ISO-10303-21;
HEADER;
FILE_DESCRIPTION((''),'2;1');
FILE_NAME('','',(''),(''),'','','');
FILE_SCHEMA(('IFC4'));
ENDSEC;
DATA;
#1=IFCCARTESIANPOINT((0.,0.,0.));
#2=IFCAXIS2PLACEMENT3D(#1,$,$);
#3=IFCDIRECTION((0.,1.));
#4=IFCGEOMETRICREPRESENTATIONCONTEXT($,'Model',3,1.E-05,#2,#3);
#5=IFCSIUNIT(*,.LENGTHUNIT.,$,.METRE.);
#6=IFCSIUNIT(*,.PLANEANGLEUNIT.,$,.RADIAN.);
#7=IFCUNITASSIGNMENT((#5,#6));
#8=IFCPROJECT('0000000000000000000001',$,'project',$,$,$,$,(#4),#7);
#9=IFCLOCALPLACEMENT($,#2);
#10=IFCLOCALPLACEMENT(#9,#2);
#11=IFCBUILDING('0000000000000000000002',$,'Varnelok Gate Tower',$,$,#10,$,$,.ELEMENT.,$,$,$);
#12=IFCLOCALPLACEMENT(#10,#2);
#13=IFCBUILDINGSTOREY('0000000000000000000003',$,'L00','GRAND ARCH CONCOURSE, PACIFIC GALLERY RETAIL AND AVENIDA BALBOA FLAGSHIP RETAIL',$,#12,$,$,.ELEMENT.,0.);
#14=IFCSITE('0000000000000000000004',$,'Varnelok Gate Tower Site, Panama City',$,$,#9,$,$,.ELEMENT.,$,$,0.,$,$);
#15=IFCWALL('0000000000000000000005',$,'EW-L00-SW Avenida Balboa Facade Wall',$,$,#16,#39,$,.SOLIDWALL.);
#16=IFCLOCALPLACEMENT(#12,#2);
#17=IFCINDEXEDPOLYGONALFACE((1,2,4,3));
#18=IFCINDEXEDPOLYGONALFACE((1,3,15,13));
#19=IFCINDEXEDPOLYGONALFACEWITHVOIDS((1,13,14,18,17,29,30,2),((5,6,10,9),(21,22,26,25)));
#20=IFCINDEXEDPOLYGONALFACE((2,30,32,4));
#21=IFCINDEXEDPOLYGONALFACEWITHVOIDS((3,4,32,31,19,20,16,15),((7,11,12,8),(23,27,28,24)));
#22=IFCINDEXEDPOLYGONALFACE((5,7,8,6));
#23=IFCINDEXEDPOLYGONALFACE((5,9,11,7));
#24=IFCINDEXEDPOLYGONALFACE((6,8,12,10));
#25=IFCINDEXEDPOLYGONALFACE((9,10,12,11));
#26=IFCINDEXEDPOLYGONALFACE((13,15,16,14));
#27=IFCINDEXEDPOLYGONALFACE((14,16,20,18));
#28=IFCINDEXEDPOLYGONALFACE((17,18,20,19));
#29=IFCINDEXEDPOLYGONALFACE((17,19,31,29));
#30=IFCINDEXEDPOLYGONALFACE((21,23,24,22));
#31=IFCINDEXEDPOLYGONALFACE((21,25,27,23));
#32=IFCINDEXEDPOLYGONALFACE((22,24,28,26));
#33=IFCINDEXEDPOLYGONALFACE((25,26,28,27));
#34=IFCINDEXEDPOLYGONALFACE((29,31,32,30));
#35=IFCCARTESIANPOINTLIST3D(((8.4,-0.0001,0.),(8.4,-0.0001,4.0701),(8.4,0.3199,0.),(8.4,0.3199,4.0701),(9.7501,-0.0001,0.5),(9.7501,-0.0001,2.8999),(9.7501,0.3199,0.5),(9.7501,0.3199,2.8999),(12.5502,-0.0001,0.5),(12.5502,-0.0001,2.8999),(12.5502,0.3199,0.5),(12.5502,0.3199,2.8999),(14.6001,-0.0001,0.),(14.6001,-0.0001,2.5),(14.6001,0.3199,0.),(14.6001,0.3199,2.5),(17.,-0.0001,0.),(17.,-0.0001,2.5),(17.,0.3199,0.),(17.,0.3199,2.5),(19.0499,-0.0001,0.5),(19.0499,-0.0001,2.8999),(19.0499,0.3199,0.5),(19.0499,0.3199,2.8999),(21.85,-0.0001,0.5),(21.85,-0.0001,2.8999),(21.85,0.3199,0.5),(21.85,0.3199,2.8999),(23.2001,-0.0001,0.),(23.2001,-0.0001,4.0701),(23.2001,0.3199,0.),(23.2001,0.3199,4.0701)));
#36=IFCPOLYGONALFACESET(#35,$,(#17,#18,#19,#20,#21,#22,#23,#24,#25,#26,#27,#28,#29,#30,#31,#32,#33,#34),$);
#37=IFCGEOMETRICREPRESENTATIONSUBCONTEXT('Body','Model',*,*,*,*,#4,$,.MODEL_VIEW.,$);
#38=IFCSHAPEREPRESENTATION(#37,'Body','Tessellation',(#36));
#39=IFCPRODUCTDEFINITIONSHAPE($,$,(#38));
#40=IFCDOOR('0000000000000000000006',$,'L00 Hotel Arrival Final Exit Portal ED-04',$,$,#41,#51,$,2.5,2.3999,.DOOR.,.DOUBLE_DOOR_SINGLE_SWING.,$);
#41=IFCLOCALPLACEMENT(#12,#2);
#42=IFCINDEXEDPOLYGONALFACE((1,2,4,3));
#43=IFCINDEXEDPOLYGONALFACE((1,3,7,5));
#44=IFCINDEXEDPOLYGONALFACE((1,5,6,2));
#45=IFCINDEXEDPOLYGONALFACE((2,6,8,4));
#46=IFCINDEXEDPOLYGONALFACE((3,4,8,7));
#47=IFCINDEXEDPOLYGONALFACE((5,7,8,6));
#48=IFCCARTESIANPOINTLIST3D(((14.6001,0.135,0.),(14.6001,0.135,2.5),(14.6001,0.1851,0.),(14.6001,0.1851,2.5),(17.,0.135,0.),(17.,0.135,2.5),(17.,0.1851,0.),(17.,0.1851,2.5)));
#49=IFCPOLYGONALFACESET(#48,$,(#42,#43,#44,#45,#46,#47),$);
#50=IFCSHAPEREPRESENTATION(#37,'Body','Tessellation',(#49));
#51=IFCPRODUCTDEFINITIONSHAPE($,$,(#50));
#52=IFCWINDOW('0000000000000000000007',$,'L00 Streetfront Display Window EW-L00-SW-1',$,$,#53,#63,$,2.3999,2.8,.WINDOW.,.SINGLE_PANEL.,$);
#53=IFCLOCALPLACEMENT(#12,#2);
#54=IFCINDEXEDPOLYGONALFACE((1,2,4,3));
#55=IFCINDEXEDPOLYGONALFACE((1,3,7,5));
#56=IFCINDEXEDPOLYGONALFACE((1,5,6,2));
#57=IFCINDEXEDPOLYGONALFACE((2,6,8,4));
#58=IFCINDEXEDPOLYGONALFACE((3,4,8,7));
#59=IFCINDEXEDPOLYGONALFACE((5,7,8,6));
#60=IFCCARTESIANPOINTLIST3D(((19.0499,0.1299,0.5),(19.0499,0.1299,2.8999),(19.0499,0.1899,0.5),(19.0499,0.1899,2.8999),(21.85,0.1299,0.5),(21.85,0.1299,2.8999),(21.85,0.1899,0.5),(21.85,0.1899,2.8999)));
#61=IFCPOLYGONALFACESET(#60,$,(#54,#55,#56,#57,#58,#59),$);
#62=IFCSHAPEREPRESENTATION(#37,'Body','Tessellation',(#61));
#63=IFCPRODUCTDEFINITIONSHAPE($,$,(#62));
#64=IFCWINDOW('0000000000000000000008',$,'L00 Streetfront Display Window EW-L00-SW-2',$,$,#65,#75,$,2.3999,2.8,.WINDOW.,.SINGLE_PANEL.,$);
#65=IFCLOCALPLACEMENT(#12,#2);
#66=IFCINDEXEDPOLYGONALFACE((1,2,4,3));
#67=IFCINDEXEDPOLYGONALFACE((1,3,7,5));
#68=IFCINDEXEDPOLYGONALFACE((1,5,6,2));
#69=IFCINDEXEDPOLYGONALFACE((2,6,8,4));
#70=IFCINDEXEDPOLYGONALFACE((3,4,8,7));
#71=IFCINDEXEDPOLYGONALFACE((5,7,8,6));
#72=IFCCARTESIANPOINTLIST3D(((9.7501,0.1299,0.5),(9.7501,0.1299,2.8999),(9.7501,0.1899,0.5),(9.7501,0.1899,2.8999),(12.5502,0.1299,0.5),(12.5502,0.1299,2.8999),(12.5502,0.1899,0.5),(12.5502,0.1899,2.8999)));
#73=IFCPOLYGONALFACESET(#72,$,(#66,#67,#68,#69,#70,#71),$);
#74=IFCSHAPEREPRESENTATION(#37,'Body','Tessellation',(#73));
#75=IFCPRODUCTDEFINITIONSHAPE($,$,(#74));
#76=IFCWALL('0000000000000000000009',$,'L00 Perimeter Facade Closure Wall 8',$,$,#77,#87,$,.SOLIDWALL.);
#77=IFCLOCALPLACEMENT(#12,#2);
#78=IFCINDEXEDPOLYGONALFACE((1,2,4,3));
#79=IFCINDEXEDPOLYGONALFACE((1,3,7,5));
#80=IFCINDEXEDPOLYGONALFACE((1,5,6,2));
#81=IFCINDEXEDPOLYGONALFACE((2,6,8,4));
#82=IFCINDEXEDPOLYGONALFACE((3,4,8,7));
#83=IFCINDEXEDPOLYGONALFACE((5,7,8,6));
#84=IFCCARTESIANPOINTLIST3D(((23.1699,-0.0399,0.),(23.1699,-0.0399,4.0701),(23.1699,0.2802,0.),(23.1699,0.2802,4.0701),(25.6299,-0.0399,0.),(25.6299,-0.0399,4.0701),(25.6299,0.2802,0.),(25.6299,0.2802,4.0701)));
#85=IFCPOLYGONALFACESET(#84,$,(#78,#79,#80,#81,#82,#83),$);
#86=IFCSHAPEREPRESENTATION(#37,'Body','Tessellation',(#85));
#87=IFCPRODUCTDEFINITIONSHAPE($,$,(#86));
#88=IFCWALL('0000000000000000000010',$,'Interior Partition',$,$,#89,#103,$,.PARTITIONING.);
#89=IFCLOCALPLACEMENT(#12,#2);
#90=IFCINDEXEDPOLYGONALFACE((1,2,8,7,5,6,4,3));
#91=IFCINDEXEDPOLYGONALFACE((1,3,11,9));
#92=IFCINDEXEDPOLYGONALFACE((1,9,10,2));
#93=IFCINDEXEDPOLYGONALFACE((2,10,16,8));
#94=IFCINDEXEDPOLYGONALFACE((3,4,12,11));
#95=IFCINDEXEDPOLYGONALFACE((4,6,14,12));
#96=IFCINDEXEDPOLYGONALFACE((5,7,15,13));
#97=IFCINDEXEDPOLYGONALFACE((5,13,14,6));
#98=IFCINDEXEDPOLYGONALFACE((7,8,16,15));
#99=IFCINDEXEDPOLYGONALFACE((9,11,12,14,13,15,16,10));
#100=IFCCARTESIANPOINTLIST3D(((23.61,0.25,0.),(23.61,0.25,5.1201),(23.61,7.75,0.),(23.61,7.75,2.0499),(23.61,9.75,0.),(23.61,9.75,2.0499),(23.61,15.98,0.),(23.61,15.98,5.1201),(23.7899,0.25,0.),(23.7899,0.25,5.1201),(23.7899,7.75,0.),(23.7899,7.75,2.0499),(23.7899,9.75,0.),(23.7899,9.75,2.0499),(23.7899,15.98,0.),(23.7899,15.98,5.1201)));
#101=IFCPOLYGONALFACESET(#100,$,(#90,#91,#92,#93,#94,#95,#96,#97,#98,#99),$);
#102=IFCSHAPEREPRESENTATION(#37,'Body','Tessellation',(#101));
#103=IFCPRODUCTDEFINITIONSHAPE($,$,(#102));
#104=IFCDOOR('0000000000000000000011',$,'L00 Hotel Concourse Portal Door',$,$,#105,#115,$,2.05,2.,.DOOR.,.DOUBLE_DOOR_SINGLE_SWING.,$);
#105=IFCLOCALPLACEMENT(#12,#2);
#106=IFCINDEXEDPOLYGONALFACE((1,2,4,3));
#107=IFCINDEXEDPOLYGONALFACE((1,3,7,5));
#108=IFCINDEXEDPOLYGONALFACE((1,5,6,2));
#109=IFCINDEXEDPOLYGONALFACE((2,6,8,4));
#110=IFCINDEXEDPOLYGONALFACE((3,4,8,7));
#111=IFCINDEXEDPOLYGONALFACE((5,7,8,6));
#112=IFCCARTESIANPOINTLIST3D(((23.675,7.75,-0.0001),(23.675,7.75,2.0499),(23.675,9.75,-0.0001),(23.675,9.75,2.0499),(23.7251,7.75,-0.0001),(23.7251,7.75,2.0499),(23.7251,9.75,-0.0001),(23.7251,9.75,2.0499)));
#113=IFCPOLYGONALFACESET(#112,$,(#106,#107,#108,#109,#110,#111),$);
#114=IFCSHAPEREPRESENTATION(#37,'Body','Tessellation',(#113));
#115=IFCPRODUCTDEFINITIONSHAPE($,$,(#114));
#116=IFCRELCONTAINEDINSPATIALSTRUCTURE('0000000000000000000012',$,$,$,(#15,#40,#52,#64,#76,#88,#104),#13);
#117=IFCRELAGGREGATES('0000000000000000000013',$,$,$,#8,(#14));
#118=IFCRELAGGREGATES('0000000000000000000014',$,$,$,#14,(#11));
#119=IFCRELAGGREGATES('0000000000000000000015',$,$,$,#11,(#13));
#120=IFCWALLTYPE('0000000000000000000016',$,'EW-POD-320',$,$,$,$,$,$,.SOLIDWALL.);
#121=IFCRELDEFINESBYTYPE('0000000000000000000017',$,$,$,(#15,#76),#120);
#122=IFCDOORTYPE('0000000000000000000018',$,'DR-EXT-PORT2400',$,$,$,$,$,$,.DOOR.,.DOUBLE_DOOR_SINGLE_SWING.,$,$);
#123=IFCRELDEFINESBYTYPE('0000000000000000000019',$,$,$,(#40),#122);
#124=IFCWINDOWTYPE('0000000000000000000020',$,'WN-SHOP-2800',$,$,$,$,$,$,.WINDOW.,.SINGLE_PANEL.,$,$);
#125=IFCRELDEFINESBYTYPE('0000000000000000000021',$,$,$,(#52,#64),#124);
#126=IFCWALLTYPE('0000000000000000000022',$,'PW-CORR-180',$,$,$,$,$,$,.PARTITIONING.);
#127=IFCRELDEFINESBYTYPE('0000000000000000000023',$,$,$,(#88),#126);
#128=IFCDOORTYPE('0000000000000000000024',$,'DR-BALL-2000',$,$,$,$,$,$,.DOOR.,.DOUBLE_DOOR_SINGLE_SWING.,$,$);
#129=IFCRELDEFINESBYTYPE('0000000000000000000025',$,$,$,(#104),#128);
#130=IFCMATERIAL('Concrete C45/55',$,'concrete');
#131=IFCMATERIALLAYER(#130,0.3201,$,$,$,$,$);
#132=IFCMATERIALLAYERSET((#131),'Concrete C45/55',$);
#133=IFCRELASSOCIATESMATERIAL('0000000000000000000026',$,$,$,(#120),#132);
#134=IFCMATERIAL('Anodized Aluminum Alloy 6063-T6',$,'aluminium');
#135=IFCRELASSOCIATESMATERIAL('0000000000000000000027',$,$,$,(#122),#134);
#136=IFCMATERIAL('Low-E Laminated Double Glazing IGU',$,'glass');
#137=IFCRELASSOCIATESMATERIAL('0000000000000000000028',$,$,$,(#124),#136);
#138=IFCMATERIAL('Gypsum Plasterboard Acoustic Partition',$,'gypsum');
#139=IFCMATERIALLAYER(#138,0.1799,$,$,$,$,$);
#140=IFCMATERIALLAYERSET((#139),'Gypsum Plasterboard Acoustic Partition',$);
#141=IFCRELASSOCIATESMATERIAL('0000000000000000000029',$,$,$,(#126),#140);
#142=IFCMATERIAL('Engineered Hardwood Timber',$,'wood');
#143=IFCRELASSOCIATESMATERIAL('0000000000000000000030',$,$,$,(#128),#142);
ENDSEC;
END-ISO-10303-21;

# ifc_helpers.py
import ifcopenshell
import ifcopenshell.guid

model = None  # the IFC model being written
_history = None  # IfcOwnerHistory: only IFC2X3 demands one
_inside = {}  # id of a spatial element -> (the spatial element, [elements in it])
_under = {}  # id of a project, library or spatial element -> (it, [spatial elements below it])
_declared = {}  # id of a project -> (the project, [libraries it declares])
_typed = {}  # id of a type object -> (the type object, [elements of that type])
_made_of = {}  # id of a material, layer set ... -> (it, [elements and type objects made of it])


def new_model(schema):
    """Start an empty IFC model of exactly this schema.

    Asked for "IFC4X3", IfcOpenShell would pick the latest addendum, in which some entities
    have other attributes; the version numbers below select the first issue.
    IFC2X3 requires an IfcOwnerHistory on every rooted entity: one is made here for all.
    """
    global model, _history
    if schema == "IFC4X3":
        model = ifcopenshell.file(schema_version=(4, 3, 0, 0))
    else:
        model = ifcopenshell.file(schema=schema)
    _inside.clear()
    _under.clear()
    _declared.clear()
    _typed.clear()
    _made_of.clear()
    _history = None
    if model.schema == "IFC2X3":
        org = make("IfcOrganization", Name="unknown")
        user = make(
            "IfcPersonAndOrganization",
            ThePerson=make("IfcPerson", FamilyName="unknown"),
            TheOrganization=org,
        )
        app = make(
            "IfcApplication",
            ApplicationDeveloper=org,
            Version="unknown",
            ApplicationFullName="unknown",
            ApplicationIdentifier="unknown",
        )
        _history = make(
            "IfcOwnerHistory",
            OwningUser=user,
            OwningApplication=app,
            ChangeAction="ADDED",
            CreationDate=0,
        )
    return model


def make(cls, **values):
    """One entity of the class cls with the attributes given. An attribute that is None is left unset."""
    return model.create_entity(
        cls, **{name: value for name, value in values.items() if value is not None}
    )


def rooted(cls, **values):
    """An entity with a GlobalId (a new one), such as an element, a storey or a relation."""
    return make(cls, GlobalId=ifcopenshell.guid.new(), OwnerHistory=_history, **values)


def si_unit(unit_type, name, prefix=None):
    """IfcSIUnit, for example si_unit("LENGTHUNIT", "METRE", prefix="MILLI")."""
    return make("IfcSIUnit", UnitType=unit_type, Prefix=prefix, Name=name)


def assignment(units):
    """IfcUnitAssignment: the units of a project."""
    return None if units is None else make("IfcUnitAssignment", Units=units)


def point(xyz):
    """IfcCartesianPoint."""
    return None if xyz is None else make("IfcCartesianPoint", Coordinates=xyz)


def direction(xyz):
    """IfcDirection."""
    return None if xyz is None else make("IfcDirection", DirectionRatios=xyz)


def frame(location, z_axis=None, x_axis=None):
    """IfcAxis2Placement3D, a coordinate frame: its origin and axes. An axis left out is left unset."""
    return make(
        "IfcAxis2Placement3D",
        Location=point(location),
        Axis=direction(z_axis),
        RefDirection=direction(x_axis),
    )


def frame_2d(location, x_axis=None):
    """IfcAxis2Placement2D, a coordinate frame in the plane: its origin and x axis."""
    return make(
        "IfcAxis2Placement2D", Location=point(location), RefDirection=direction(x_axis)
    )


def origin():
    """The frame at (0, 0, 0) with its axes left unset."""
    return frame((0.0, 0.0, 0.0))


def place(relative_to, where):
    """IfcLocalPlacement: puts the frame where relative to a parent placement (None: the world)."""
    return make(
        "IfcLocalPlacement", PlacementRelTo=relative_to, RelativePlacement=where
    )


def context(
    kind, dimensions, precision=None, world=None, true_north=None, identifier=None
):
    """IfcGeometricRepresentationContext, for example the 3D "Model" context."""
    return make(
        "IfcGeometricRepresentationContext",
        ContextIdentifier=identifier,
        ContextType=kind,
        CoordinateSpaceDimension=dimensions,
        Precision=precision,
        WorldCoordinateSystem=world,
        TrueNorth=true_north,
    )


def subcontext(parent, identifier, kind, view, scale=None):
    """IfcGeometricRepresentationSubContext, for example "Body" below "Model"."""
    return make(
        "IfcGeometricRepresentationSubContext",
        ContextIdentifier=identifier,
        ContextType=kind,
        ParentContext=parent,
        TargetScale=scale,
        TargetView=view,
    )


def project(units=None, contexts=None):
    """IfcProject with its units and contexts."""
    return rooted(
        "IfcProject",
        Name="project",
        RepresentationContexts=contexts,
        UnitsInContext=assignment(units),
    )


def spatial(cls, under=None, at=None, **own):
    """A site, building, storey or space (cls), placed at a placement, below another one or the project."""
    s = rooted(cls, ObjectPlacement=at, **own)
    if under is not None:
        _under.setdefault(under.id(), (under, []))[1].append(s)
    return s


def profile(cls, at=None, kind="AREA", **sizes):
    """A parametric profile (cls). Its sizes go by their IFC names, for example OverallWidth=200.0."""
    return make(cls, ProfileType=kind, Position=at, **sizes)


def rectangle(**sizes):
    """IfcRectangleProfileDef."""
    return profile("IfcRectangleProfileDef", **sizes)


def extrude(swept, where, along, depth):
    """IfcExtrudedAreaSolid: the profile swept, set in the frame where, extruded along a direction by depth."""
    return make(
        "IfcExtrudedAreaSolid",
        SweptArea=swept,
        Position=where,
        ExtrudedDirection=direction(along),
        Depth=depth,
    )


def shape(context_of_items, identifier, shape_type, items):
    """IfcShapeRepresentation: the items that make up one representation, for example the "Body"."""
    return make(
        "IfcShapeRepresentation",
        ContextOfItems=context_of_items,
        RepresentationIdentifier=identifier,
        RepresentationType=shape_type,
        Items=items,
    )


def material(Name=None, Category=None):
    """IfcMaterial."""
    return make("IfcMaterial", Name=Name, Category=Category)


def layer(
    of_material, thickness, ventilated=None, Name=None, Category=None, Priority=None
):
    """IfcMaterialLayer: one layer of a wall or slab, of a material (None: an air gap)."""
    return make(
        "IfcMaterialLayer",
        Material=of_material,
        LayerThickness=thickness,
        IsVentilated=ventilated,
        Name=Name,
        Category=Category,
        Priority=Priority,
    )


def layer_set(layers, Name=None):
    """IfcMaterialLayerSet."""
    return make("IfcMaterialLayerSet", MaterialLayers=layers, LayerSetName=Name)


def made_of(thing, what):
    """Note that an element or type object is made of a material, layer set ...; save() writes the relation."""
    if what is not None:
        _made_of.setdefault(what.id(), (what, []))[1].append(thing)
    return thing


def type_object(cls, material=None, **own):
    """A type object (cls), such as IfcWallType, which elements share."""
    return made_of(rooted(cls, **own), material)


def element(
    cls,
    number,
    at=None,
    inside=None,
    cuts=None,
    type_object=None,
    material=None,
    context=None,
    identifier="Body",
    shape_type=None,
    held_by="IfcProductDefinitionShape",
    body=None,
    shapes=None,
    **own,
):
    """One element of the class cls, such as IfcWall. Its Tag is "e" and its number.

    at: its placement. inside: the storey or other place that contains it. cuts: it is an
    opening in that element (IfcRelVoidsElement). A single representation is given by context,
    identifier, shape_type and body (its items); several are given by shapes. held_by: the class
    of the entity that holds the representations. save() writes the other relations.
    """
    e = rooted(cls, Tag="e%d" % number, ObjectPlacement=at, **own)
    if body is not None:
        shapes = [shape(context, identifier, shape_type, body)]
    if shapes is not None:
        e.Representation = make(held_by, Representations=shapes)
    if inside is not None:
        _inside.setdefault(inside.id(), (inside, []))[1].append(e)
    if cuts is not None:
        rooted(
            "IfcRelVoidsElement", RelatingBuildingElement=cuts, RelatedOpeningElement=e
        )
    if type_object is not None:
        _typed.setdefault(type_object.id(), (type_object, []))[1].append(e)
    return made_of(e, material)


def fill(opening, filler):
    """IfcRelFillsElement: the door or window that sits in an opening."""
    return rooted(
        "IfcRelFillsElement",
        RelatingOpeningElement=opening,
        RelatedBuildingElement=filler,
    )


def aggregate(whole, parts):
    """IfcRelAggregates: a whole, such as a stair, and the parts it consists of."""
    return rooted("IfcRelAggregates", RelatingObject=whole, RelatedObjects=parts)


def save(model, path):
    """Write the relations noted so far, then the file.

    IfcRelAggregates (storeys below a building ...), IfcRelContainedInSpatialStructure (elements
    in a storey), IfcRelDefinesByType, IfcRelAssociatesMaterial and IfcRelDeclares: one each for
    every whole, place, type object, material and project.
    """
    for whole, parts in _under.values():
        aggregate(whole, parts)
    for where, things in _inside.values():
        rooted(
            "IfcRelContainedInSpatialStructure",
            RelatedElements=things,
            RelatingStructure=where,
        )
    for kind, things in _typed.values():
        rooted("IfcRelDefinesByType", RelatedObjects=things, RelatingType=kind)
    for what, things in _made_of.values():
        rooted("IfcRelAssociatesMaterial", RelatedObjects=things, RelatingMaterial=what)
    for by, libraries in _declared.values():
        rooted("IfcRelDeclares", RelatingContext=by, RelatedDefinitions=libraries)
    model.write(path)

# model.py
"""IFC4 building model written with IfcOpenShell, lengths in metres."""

from ifc_helpers import new_model, si_unit, direction, frame, frame_2d, origin, place, context, subcontext, project, spatial, rectangle, extrude, material, layer, layer_set, type_object, element, fill, save


model = new_model("IFC4")

# Units and contexts
model_context = context("Model", 3, precision=1e-05, world=origin(), true_north=direction((0.0, 1.0)))
body_context = subcontext(model_context, "Body", "Model", "MODEL_VIEW")
ifc_project = project(units=[si_unit("LENGTHUNIT", "METRE"), si_unit("PLANEANGLEUNIT", "RADIAN")], contexts=[model_context])

# Site, building, storey
site_placement = place(None, origin())
site = spatial("IfcSite", under=ifc_project, at=site_placement, Name="Varnelok Gate Tower Site, Panama City", CompositionType="ELEMENT", RefElevation=0.0)
building_placement = place(site_placement, origin())
building = spatial("IfcBuilding", under=site, at=building_placement, Name="Varnelok Gate Tower", CompositionType="ELEMENT")
storey_placement = place(building_placement, origin())
storey = spatial("IfcBuildingStorey", under=building, at=storey_placement, Name="L00", Description="GRAND ARCH CONCOURSE, PACIFIC GALLERY RETAIL AND AVENIDA BALBOA FLAGSHIP RETAIL", CompositionType="ELEMENT", Elevation=0.0)

# Wall, openings, door, windows
ifc_material_1 = material(Name="Concrete C45/55", Category="concrete")
ifc_layer_1 = layer(ifc_material_1, 0.3201)
ifc_layer_set_1 = layer_set([ifc_layer_1], Name="Concrete C45/55")
wall_type_1 = type_object("IfcWallType", Name="EW-POD-320", PredefinedType="SOLIDWALL", material=ifc_layer_set_1)
wall_1_placement = place(storey_placement, frame((23.2, 0.1599, 0.0), z_axis=(0.0, 0.0, 1.0), x_axis=(-1.0, 0.0, 0.0)))
wall_1 = element("IfcWall", 1, at=wall_1_placement, inside=storey, type_object=wall_type_1, Name="EW-L00-SW Avenida Balboa Facade Wall", PredefinedType="SOLIDWALL", context=body_context, shape_type="SweptSolid", body=[
    extrude(rectangle(XDim=14.8, YDim=0.3201, at=frame_2d((7.3999, 0.0))), origin(), (0.0, 0.0, 1.0), 4.0701),
])
opening_1_placement = place(wall_1_placement, frame((6.2, 0.0, 0.0)))
opening_1 = element("IfcOpeningElement", 2, at=opening_1_placement, cuts=wall_1, PredefinedType="OPENING", context=body_context, shape_type="SweptSolid", body=[
    extrude(rectangle(XDim=2.3999, YDim=2.5, at=frame_2d((1.2, 1.25))), frame((0.0, 0.1699, 0.0), z_axis=(0.0, -1.0, 0.0), x_axis=(1.0, 0.0, 0.0)), (0.0, 0.0, 1.0), 0.3401),
])
opening_2_placement = place(wall_1_placement, frame((1.3501, 0.0, 0.5)))
opening_2 = element("IfcOpeningElement", 3, at=opening_2_placement, cuts=wall_1, PredefinedType="OPENING", context=body_context, shape_type="SweptSolid", body=[
    extrude(rectangle(XDim=2.8, YDim=2.3999, at=frame_2d((1.3999, 1.2))), frame((0.0, 0.1699, 0.0), z_axis=(0.0, -1.0, 0.0), x_axis=(1.0, 0.0, 0.0)), (0.0, 0.0, 1.0), 0.3401),
])
opening_3_placement = place(wall_1_placement, frame((10.6499, 0.0, 0.5)))
opening_3 = element("IfcOpeningElement", 4, at=opening_3_placement, cuts=wall_1, PredefinedType="OPENING", context=body_context, shape_type="SweptSolid", body=[
    extrude(rectangle(XDim=2.8, YDim=2.3999, at=frame_2d((1.3999, 1.2))), frame((0.0, 0.1699, 0.0), z_axis=(0.0, -1.0, 0.0), x_axis=(1.0, 0.0, 0.0)), (0.0, 0.0, 1.0), 0.3401),
])
ifc_material_2 = material(Name="Anodized Aluminum Alloy 6063-T6", Category="aluminium")
door_type_1 = type_object("IfcDoorType", Name="DR-EXT-PORT2400", OperationType="DOUBLE_DOOR_SINGLE_SWING", PredefinedType="DOOR", material=ifc_material_2)
door_1_placement = place(opening_1_placement, origin())
door_1 = element("IfcDoor", 5, at=door_1_placement, inside=storey, type_object=door_type_1, Name="L00 Hotel Arrival Final Exit Portal ED-04", OperationType="DOUBLE_DOOR_SINGLE_SWING", OverallHeight=2.5, OverallWidth=2.3999, PredefinedType="DOOR", context=body_context, shape_type="SweptSolid", body=[
    extrude(rectangle(XDim=2.3999, YDim=2.5, at=frame_2d((1.2, 1.25))), frame((0.0, 0.0249, 0.0), z_axis=(0.0, -1.0, 0.0), x_axis=(1.0, 0.0, 0.0)), (0.0, 0.0, 1.0), 0.05),
])
fill(opening_1, door_1)
ifc_material_3 = material(Name="Low-E Laminated Double Glazing IGU", Category="glass")
window_type = type_object("IfcWindowType", Name="WN-SHOP-2800", PartitioningType="SINGLE_PANEL", PredefinedType="WINDOW", material=ifc_material_3)
window_1_placement = place(opening_2_placement, origin())
window_1 = element("IfcWindow", 6, at=window_1_placement, inside=storey, type_object=window_type, Name="L00 Streetfront Display Window EW-L00-SW-1", OverallHeight=2.3999, OverallWidth=2.8, PartitioningType="SINGLE_PANEL", PredefinedType="WINDOW", context=body_context, shape_type="SweptSolid", body=[
    extrude(rectangle(XDim=2.8, YDim=2.3999, at=frame_2d((1.3999, 1.2))), frame((0.0, 0.03, 0.0), z_axis=(0.0, -1.0, 0.0), x_axis=(1.0, 0.0, 0.0)), (0.0, 0.0, 1.0), 0.0601),
])
fill(opening_2, window_1)
window_2_placement = place(opening_3_placement, origin())
window_2 = element("IfcWindow", 7, at=window_2_placement, inside=storey, type_object=window_type, Name="L00 Streetfront Display Window EW-L00-SW-2", OverallHeight=2.3999, OverallWidth=2.8, PartitioningType="SINGLE_PANEL", PredefinedType="WINDOW", context=body_context, shape_type="SweptSolid", body=[
    extrude(rectangle(XDim=2.8, YDim=2.3999, at=frame_2d((1.3999, 1.2))), frame((0.0, 0.03, 0.0), z_axis=(0.0, -1.0, 0.0), x_axis=(1.0, 0.0, 0.0)), (0.0, 0.0, 1.0), 0.0601),
])
fill(opening_3, window_2)

# Wall
wall_2_placement = place(storey_placement, frame((23.1699, 0.1201, 0.0), z_axis=(0.0, 0.0, 1.0), x_axis=(1.0, 0.0, 0.0)))
element("IfcWall", 8, at=wall_2_placement, inside=storey, type_object=wall_type_1, Name="L00 Perimeter Facade Closure Wall 8", PredefinedType="SOLIDWALL", context=body_context, shape_type="SweptSolid", body=[
    extrude(rectangle(XDim=2.46, YDim=0.3201, at=frame_2d((1.23, 0.0))), origin(), (0.0, 0.0, 1.0), 4.0701),
])

# Wall, opening, door
ifc_material_4 = material(Name="Gypsum Plasterboard Acoustic Partition", Category="gypsum")
ifc_layer_2 = layer(ifc_material_4, 0.1799)
ifc_layer_set_2 = layer_set([ifc_layer_2], Name="Gypsum Plasterboard Acoustic Partition")
wall_type_2 = type_object("IfcWallType", Name="PW-CORR-180", PredefinedType="PARTITIONING", material=ifc_layer_set_2)
wall_3_placement = place(storey_placement, frame((23.7, 0.25, 0.0), z_axis=(0.0, 0.0, 1.0), x_axis=(0.0, 1.0, 0.0)))
wall_3 = element("IfcWall", 9, at=wall_3_placement, inside=storey, type_object=wall_type_2, Name="Interior Partition", PredefinedType="PARTITIONING", context=body_context, shape_type="SweptSolid", body=[
    extrude(rectangle(XDim=15.73, YDim=0.1799, at=frame_2d((7.865, 0.0))), origin(), (0.0, 0.0, 1.0), 5.1201),
])
opening_4_placement = place(wall_3_placement, frame((7.5, 0.0, 0.0)))
opening_4 = element("IfcOpeningElement", 10, at=opening_4_placement, cuts=wall_3, PredefinedType="OPENING", context=body_context, shape_type="SweptSolid", body=[
    extrude(rectangle(XDim=2.0, YDim=2.05, at=frame_2d((1.0, 1.0249))), frame((0.0, 0.0999, 0.0), z_axis=(0.0, -1.0, 0.0), x_axis=(1.0, 0.0, 0.0)), (0.0, 0.0, 1.0), 0.2),
])
ifc_material_5 = material(Name="Engineered Hardwood Timber", Category="wood")
door_type_2 = type_object("IfcDoorType", Name="DR-BALL-2000", OperationType="DOUBLE_DOOR_SINGLE_SWING", PredefinedType="DOOR", material=ifc_material_5)
door_2_placement = place(opening_4_placement, origin())
door_2 = element("IfcDoor", 11, at=door_2_placement, inside=storey, type_object=door_type_2, Name="L00 Hotel Concourse Portal Door", OperationType="DOUBLE_DOOR_SINGLE_SWING", OverallHeight=2.05, OverallWidth=2.0, PredefinedType="DOOR", context=body_context, shape_type="SweptSolid", body=[
    extrude(rectangle(XDim=2.0, YDim=2.05, at=frame_2d((1.0, 1.0249))), frame((0.0, 0.0249, 0.0), z_axis=(0.0, -1.0, 0.0), x_axis=(1.0, 0.0, 0.0)), (0.0, 0.0, 1.0), 0.05),
])
fill(opening_4, door_2)

save(model, "model.ifc")
